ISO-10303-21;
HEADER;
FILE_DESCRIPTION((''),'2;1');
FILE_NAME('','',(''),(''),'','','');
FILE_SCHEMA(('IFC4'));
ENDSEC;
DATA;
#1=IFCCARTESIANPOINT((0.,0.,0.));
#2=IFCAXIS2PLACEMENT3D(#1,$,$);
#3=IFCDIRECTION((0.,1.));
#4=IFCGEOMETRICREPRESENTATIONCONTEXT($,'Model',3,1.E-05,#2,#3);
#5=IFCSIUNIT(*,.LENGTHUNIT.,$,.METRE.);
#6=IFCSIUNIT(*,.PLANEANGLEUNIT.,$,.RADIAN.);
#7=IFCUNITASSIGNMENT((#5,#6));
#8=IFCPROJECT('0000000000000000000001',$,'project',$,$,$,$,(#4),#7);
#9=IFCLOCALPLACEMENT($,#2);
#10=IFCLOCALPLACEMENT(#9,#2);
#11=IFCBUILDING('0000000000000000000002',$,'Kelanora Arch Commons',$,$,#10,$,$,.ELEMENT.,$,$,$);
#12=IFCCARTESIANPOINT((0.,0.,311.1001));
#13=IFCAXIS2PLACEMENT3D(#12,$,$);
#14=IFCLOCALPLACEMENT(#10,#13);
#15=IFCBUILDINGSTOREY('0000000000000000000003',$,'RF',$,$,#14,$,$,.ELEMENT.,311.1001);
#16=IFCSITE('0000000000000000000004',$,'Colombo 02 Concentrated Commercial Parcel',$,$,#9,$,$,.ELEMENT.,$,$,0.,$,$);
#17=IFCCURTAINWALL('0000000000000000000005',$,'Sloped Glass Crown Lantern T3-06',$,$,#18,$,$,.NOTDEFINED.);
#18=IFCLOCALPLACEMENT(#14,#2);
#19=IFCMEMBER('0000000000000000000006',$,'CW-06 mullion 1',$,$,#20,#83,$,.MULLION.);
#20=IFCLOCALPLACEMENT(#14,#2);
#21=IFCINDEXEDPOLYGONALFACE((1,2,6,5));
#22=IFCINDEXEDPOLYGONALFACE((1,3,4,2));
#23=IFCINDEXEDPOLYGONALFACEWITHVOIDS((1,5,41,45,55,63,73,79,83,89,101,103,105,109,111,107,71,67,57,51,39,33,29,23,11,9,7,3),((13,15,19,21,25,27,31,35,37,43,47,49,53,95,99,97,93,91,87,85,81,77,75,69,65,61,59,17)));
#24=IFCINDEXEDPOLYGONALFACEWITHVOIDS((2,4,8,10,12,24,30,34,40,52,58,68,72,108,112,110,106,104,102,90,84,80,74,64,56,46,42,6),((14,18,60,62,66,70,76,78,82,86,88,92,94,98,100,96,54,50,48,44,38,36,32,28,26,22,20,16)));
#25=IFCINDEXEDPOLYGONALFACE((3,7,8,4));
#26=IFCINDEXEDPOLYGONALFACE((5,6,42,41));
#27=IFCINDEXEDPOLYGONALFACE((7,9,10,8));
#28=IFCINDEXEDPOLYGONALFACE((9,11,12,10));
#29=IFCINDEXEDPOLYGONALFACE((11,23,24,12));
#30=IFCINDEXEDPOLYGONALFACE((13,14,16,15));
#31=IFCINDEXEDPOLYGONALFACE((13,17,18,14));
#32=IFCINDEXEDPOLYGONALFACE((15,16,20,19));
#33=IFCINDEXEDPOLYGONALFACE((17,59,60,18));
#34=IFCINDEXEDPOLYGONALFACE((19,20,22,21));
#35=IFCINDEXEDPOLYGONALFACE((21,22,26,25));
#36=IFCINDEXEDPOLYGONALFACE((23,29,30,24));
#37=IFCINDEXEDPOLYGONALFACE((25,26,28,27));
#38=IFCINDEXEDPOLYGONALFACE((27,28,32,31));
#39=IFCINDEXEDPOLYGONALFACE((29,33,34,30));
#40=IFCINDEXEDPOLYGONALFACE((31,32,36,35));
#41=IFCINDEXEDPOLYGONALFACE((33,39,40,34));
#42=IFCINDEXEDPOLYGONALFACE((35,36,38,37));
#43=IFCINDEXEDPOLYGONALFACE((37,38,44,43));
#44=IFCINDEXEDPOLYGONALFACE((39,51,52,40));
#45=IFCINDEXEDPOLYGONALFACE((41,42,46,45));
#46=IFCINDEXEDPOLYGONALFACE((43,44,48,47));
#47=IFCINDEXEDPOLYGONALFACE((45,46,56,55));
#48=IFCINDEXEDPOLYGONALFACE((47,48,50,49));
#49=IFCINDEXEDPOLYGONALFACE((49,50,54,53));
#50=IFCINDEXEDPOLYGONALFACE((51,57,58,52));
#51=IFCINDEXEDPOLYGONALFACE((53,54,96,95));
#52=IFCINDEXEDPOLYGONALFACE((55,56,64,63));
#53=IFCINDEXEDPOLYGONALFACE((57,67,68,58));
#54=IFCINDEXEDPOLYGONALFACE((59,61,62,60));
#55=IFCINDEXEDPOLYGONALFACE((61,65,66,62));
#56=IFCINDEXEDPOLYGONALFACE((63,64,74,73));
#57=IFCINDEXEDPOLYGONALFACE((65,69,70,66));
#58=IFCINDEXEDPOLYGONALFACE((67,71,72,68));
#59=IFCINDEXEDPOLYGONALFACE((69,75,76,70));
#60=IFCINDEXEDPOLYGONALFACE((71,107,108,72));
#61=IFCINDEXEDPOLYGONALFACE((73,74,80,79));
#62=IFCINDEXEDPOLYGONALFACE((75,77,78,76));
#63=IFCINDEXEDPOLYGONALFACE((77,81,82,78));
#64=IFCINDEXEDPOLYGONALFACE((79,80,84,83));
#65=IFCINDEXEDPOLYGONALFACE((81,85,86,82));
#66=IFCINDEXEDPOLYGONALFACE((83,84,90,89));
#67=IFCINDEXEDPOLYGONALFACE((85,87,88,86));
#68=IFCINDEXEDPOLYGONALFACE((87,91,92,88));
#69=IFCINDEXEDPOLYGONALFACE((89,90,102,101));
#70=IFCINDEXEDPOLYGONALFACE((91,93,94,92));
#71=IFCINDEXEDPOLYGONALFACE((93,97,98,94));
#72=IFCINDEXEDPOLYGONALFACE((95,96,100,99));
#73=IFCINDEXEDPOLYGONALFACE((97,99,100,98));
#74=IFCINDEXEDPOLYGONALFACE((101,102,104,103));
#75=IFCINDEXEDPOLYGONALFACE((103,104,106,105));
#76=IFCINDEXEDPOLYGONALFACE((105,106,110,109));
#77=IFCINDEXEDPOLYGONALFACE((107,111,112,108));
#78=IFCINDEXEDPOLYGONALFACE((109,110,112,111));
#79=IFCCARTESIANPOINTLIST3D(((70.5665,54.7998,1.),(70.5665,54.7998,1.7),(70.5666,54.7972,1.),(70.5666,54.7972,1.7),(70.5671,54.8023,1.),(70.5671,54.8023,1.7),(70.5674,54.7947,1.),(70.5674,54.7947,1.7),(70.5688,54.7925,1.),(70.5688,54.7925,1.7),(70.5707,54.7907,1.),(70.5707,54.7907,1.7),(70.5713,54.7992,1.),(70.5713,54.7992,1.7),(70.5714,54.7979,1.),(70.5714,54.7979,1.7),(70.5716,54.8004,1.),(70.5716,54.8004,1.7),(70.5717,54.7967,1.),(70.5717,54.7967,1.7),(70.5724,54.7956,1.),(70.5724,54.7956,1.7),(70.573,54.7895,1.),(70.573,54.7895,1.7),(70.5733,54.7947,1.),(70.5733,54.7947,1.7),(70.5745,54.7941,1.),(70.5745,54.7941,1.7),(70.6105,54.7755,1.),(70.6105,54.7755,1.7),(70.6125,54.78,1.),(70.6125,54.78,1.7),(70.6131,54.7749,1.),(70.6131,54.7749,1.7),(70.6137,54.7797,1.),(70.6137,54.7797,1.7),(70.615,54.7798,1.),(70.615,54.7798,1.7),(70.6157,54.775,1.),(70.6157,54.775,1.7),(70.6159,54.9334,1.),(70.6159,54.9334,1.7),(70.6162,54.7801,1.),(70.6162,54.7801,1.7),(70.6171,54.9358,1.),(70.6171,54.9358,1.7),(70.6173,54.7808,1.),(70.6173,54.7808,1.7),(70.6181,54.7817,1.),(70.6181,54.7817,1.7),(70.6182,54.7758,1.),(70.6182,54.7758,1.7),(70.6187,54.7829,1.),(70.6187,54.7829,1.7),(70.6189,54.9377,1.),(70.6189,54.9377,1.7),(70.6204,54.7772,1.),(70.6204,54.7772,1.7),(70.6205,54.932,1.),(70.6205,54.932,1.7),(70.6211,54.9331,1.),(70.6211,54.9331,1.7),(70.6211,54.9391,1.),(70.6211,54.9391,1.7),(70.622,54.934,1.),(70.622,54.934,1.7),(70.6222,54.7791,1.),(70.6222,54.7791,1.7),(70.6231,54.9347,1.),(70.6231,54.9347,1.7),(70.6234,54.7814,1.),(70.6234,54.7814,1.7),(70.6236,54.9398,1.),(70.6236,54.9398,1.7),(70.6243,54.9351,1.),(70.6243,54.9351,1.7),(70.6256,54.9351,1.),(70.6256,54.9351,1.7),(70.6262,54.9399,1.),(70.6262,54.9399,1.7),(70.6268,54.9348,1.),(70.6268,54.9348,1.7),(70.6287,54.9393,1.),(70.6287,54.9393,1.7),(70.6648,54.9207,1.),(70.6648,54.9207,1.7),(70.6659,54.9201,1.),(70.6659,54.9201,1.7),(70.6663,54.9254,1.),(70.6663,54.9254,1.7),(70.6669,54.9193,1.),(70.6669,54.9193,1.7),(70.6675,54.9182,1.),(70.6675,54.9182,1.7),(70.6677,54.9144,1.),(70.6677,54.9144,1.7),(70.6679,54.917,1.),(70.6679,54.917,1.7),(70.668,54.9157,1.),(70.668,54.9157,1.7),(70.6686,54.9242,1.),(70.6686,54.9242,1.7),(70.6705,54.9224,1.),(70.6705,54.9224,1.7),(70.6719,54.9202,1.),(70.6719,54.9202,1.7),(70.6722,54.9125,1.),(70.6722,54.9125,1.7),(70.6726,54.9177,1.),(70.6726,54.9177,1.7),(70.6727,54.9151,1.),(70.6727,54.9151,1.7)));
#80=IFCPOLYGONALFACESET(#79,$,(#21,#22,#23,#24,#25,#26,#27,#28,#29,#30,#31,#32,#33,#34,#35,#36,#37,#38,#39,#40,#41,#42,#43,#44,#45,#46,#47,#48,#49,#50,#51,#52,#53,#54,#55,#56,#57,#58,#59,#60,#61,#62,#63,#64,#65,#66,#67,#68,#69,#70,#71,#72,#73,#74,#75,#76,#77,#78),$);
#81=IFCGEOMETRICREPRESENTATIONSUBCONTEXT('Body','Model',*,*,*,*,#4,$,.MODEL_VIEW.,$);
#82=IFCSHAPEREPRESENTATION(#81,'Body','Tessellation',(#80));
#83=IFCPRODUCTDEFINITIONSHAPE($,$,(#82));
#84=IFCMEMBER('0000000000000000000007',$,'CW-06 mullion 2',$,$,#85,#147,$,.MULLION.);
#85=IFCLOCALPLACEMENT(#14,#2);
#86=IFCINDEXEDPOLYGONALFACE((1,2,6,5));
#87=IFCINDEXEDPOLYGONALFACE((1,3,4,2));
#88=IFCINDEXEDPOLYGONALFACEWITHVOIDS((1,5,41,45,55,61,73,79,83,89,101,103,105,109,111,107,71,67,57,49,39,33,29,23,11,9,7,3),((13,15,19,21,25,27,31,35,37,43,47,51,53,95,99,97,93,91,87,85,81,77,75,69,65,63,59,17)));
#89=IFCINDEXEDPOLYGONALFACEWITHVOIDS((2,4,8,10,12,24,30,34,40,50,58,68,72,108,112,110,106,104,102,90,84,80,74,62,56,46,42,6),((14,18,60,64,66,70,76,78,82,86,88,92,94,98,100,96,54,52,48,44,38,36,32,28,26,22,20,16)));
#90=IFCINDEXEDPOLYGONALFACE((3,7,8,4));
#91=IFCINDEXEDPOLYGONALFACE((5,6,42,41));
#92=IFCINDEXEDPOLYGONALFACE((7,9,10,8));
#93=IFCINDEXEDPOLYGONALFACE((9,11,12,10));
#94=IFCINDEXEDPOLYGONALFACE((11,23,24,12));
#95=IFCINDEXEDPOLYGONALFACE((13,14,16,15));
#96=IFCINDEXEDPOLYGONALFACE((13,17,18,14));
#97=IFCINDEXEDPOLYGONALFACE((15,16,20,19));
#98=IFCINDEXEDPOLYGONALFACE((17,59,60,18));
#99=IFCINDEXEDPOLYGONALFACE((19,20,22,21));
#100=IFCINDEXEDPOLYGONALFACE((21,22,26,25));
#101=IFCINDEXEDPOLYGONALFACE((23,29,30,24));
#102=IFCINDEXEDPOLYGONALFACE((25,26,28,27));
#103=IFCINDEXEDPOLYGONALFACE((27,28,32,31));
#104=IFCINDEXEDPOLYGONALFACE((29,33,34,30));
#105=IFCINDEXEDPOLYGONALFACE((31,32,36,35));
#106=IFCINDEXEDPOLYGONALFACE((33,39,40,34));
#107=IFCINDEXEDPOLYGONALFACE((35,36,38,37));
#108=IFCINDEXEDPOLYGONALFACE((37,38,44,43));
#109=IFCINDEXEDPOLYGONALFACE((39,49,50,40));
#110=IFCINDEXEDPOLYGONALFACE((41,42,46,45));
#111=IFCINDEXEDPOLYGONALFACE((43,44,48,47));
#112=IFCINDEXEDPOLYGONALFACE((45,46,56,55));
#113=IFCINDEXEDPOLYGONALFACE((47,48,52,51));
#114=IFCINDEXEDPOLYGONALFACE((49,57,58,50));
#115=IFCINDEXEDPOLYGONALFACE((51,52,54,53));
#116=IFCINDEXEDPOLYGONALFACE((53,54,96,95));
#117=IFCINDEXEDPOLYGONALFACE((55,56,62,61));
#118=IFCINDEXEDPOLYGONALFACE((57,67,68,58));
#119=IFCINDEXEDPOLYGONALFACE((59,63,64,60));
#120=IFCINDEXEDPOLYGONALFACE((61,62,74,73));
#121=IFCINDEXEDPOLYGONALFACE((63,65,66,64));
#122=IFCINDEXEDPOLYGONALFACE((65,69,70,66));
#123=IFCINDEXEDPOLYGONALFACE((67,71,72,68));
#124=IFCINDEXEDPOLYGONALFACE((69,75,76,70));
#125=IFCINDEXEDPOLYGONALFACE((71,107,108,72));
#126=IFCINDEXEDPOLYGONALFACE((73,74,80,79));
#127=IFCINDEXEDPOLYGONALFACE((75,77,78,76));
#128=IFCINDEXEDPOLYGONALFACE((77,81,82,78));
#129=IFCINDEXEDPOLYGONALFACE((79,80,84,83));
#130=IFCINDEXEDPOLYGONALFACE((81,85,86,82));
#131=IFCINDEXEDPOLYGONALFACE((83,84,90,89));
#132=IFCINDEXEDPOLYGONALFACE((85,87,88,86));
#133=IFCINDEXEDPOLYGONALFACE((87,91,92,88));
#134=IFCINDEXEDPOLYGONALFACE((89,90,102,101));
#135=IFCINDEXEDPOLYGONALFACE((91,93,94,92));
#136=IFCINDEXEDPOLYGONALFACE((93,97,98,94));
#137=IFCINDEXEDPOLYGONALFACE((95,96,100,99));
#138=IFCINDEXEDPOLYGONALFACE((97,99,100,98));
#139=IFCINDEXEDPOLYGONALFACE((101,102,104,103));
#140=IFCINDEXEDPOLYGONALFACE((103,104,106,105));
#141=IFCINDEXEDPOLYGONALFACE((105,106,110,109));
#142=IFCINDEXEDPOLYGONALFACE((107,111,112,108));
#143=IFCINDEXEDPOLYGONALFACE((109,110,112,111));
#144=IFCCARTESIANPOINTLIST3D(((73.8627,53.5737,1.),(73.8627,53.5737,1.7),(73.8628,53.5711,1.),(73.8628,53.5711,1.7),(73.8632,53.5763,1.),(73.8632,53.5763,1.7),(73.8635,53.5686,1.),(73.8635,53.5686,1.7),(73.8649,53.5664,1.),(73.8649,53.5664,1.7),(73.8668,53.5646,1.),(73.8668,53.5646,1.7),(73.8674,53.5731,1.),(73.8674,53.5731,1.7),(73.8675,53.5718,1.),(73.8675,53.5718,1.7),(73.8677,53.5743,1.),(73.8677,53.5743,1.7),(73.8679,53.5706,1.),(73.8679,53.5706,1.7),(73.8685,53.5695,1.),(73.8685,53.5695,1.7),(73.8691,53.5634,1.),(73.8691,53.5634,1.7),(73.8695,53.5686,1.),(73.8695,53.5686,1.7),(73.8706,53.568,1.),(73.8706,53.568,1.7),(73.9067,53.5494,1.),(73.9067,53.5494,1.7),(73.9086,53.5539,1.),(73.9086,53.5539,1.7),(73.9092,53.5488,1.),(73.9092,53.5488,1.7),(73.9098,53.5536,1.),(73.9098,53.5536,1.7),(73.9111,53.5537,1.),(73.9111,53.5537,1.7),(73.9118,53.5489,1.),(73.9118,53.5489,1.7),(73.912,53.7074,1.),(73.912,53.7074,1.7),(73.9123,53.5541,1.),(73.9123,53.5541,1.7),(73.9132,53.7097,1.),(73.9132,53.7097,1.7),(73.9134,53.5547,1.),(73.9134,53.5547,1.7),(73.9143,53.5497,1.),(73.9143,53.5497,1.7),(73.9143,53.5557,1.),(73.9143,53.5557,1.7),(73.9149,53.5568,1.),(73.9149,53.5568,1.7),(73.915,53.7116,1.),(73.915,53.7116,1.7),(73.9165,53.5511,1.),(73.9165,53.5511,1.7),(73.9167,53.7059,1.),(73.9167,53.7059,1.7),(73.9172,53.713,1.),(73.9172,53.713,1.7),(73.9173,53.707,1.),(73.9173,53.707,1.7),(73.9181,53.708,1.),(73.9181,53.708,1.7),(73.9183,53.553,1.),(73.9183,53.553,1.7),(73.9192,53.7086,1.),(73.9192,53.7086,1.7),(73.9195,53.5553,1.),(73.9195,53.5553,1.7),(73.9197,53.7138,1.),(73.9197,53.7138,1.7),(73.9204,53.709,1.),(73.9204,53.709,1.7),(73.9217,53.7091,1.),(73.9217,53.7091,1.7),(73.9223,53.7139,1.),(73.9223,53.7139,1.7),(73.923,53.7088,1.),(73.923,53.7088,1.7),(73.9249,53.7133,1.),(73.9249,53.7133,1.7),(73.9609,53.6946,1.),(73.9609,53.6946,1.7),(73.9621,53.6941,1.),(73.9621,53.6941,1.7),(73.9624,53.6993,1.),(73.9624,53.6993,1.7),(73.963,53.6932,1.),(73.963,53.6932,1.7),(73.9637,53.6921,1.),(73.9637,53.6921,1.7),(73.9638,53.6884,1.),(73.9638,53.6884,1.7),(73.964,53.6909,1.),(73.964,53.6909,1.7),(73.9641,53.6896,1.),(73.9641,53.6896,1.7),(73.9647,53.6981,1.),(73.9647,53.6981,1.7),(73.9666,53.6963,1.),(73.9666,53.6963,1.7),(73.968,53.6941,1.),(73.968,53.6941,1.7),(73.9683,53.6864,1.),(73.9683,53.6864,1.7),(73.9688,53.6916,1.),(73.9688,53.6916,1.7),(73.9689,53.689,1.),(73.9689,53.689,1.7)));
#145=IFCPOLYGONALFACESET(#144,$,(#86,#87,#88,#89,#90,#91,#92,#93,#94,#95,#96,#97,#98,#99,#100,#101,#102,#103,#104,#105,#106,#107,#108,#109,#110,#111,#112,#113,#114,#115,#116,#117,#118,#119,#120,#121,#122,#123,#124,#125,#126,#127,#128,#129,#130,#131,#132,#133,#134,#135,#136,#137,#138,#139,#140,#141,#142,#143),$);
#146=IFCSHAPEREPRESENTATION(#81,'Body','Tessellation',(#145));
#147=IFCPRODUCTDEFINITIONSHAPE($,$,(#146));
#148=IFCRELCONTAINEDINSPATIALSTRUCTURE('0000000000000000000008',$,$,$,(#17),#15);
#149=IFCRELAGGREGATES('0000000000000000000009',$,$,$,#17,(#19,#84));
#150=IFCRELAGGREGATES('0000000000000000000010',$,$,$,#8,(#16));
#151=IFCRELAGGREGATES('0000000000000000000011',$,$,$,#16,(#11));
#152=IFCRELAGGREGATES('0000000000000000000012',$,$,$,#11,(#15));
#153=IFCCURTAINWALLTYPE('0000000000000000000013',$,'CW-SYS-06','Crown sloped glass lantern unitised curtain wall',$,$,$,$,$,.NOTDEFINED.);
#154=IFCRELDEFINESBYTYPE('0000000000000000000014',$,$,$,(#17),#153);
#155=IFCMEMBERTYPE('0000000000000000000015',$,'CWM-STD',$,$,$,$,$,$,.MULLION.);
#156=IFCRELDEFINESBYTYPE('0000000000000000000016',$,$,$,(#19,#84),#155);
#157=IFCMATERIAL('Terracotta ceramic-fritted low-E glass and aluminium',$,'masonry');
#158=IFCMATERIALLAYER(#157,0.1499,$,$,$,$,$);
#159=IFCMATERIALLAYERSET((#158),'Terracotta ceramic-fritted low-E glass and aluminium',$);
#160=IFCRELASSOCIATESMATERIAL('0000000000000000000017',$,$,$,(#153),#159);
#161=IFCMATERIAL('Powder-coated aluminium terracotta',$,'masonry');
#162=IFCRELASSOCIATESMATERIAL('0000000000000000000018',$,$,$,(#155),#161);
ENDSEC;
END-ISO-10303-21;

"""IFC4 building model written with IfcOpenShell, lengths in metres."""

from ifc_helpers import new_model, si_unit, direction, frame, origin, origin_2d, place, context, subcontext, project, spatial, hollow_rectangle, extrude, material, layer, layer_set, material_profile, profile_set, type_object, element, aggregate, save


model = new_model("IFC4")

# Units and contexts
model_context = context("Model", 3, precision=1e-05, world=origin(), true_north=direction((0.0, 1.0)))
body_context = subcontext(model_context, "Body", "Model", "MODEL_VIEW")
ifc_project = project(units=[si_unit("LENGTHUNIT", "METRE"), si_unit("PLANEANGLEUNIT", "RADIAN")], contexts=[model_context])

# Site, building, storey
site_placement = place(None, origin())
site = spatial("IfcSite", under=ifc_project, at=site_placement, Name="Colombo 02 Concentrated Commercial Parcel", CompositionType="ELEMENT", RefElevation=0.0)
building_placement = place(site_placement, origin())
building = spatial("IfcBuilding", under=site, at=building_placement, Name="Kelanora Arch Commons", CompositionType="ELEMENT")
storey_placement = place(building_placement, frame((0.0, 0.0, 311.1001)))
storey = spatial("IfcBuildingStorey", under=building, at=storey_placement, Name="RF", CompositionType="ELEMENT", Elevation=311.1001)

# Curtain wall, members
ifc_material_1 = material(Name="Terracotta ceramic-fritted low-E glass and aluminium", Category="masonry")
ifc_layer_1 = layer(ifc_material_1, 0.1499)
ifc_layer_set_1 = layer_set([ifc_layer_1], Name="Terracotta ceramic-fritted low-E glass and aluminium")
curtain_wall_type = type_object("IfcCurtainWallType", Name="CW-SYS-06", Description="Crown sloped glass lantern unitised curtain wall", PredefinedType="NOTDEFINED", material=ifc_layer_set_1)
ifc_material_2 = material(Name="Powder-coated aluminium terracotta", Category="masonry")
ifc_material_profile_1 = material_profile(ifc_material_2, hollow_rectangle(XDim=0.1599, YDim=0.0601, WallThickness=0.0049, InnerFilletRadius=0.0049, OuterFilletRadius=0.01, at=origin_2d()), Name="CWM160x60")
ifc_profile_set_1 = profile_set([ifc_material_profile_1], Name="Powder-coated aluminium terracotta")
member_type_1 = type_object("IfcMemberType", Name="CWM-STD", PredefinedType="MULLION", material=ifc_profile_set_1)
curtain_wall_1_placement = place(storey_placement, origin())
curtain_wall_1 = element("IfcCurtainWall", 1, at=curtain_wall_1_placement, inside=storey, type_object=curtain_wall_type, Name="Sloped Glass Crown Lantern T3-06", PredefinedType="NOTDEFINED")
member_1_placement = place(storey_placement, frame((70.6196, 54.8574, 1.0), z_axis=(0.0, 0.0, 1.0), x_axis=(0.34861, 0.937268, 0.0)))
member_1 = element("IfcMember", 2, at=member_1_placement, type_object=member_type_1, Name="CW-06 mullion 1", PredefinedType="MULLION", context=body_context, shape_type="SweptSolid", body=[
    extrude(hollow_rectangle(XDim=0.1599, YDim=0.0601, WallThickness=0.0049, InnerFilletRadius=0.0049, OuterFilletRadius=0.01, at=origin_2d()), origin(), (0.0, 0.0, 1.0), 0.7),
])
member_2_placement = place(storey_placement, frame((73.9158, 53.6313, 1.0), z_axis=(0.0, 0.0, 1.0), x_axis=(0.34861, 0.937268, 0.0)))
member_2 = element("IfcMember", 3, at=member_2_placement, type_object=member_type_1, Name="CW-06 mullion 2", PredefinedType="MULLION", context=body_context, shape_type="SweptSolid", body=[
    extrude(hollow_rectangle(XDim=0.1599, YDim=0.0601, WallThickness=0.0049, InnerFilletRadius=0.0049, OuterFilletRadius=0.01, at=origin_2d()), origin(), (0.0, 0.0, 1.0), 0.7),
])

aggregate(curtain_wall_1, [member_1, member_2])

save(model, "model.ifc")
